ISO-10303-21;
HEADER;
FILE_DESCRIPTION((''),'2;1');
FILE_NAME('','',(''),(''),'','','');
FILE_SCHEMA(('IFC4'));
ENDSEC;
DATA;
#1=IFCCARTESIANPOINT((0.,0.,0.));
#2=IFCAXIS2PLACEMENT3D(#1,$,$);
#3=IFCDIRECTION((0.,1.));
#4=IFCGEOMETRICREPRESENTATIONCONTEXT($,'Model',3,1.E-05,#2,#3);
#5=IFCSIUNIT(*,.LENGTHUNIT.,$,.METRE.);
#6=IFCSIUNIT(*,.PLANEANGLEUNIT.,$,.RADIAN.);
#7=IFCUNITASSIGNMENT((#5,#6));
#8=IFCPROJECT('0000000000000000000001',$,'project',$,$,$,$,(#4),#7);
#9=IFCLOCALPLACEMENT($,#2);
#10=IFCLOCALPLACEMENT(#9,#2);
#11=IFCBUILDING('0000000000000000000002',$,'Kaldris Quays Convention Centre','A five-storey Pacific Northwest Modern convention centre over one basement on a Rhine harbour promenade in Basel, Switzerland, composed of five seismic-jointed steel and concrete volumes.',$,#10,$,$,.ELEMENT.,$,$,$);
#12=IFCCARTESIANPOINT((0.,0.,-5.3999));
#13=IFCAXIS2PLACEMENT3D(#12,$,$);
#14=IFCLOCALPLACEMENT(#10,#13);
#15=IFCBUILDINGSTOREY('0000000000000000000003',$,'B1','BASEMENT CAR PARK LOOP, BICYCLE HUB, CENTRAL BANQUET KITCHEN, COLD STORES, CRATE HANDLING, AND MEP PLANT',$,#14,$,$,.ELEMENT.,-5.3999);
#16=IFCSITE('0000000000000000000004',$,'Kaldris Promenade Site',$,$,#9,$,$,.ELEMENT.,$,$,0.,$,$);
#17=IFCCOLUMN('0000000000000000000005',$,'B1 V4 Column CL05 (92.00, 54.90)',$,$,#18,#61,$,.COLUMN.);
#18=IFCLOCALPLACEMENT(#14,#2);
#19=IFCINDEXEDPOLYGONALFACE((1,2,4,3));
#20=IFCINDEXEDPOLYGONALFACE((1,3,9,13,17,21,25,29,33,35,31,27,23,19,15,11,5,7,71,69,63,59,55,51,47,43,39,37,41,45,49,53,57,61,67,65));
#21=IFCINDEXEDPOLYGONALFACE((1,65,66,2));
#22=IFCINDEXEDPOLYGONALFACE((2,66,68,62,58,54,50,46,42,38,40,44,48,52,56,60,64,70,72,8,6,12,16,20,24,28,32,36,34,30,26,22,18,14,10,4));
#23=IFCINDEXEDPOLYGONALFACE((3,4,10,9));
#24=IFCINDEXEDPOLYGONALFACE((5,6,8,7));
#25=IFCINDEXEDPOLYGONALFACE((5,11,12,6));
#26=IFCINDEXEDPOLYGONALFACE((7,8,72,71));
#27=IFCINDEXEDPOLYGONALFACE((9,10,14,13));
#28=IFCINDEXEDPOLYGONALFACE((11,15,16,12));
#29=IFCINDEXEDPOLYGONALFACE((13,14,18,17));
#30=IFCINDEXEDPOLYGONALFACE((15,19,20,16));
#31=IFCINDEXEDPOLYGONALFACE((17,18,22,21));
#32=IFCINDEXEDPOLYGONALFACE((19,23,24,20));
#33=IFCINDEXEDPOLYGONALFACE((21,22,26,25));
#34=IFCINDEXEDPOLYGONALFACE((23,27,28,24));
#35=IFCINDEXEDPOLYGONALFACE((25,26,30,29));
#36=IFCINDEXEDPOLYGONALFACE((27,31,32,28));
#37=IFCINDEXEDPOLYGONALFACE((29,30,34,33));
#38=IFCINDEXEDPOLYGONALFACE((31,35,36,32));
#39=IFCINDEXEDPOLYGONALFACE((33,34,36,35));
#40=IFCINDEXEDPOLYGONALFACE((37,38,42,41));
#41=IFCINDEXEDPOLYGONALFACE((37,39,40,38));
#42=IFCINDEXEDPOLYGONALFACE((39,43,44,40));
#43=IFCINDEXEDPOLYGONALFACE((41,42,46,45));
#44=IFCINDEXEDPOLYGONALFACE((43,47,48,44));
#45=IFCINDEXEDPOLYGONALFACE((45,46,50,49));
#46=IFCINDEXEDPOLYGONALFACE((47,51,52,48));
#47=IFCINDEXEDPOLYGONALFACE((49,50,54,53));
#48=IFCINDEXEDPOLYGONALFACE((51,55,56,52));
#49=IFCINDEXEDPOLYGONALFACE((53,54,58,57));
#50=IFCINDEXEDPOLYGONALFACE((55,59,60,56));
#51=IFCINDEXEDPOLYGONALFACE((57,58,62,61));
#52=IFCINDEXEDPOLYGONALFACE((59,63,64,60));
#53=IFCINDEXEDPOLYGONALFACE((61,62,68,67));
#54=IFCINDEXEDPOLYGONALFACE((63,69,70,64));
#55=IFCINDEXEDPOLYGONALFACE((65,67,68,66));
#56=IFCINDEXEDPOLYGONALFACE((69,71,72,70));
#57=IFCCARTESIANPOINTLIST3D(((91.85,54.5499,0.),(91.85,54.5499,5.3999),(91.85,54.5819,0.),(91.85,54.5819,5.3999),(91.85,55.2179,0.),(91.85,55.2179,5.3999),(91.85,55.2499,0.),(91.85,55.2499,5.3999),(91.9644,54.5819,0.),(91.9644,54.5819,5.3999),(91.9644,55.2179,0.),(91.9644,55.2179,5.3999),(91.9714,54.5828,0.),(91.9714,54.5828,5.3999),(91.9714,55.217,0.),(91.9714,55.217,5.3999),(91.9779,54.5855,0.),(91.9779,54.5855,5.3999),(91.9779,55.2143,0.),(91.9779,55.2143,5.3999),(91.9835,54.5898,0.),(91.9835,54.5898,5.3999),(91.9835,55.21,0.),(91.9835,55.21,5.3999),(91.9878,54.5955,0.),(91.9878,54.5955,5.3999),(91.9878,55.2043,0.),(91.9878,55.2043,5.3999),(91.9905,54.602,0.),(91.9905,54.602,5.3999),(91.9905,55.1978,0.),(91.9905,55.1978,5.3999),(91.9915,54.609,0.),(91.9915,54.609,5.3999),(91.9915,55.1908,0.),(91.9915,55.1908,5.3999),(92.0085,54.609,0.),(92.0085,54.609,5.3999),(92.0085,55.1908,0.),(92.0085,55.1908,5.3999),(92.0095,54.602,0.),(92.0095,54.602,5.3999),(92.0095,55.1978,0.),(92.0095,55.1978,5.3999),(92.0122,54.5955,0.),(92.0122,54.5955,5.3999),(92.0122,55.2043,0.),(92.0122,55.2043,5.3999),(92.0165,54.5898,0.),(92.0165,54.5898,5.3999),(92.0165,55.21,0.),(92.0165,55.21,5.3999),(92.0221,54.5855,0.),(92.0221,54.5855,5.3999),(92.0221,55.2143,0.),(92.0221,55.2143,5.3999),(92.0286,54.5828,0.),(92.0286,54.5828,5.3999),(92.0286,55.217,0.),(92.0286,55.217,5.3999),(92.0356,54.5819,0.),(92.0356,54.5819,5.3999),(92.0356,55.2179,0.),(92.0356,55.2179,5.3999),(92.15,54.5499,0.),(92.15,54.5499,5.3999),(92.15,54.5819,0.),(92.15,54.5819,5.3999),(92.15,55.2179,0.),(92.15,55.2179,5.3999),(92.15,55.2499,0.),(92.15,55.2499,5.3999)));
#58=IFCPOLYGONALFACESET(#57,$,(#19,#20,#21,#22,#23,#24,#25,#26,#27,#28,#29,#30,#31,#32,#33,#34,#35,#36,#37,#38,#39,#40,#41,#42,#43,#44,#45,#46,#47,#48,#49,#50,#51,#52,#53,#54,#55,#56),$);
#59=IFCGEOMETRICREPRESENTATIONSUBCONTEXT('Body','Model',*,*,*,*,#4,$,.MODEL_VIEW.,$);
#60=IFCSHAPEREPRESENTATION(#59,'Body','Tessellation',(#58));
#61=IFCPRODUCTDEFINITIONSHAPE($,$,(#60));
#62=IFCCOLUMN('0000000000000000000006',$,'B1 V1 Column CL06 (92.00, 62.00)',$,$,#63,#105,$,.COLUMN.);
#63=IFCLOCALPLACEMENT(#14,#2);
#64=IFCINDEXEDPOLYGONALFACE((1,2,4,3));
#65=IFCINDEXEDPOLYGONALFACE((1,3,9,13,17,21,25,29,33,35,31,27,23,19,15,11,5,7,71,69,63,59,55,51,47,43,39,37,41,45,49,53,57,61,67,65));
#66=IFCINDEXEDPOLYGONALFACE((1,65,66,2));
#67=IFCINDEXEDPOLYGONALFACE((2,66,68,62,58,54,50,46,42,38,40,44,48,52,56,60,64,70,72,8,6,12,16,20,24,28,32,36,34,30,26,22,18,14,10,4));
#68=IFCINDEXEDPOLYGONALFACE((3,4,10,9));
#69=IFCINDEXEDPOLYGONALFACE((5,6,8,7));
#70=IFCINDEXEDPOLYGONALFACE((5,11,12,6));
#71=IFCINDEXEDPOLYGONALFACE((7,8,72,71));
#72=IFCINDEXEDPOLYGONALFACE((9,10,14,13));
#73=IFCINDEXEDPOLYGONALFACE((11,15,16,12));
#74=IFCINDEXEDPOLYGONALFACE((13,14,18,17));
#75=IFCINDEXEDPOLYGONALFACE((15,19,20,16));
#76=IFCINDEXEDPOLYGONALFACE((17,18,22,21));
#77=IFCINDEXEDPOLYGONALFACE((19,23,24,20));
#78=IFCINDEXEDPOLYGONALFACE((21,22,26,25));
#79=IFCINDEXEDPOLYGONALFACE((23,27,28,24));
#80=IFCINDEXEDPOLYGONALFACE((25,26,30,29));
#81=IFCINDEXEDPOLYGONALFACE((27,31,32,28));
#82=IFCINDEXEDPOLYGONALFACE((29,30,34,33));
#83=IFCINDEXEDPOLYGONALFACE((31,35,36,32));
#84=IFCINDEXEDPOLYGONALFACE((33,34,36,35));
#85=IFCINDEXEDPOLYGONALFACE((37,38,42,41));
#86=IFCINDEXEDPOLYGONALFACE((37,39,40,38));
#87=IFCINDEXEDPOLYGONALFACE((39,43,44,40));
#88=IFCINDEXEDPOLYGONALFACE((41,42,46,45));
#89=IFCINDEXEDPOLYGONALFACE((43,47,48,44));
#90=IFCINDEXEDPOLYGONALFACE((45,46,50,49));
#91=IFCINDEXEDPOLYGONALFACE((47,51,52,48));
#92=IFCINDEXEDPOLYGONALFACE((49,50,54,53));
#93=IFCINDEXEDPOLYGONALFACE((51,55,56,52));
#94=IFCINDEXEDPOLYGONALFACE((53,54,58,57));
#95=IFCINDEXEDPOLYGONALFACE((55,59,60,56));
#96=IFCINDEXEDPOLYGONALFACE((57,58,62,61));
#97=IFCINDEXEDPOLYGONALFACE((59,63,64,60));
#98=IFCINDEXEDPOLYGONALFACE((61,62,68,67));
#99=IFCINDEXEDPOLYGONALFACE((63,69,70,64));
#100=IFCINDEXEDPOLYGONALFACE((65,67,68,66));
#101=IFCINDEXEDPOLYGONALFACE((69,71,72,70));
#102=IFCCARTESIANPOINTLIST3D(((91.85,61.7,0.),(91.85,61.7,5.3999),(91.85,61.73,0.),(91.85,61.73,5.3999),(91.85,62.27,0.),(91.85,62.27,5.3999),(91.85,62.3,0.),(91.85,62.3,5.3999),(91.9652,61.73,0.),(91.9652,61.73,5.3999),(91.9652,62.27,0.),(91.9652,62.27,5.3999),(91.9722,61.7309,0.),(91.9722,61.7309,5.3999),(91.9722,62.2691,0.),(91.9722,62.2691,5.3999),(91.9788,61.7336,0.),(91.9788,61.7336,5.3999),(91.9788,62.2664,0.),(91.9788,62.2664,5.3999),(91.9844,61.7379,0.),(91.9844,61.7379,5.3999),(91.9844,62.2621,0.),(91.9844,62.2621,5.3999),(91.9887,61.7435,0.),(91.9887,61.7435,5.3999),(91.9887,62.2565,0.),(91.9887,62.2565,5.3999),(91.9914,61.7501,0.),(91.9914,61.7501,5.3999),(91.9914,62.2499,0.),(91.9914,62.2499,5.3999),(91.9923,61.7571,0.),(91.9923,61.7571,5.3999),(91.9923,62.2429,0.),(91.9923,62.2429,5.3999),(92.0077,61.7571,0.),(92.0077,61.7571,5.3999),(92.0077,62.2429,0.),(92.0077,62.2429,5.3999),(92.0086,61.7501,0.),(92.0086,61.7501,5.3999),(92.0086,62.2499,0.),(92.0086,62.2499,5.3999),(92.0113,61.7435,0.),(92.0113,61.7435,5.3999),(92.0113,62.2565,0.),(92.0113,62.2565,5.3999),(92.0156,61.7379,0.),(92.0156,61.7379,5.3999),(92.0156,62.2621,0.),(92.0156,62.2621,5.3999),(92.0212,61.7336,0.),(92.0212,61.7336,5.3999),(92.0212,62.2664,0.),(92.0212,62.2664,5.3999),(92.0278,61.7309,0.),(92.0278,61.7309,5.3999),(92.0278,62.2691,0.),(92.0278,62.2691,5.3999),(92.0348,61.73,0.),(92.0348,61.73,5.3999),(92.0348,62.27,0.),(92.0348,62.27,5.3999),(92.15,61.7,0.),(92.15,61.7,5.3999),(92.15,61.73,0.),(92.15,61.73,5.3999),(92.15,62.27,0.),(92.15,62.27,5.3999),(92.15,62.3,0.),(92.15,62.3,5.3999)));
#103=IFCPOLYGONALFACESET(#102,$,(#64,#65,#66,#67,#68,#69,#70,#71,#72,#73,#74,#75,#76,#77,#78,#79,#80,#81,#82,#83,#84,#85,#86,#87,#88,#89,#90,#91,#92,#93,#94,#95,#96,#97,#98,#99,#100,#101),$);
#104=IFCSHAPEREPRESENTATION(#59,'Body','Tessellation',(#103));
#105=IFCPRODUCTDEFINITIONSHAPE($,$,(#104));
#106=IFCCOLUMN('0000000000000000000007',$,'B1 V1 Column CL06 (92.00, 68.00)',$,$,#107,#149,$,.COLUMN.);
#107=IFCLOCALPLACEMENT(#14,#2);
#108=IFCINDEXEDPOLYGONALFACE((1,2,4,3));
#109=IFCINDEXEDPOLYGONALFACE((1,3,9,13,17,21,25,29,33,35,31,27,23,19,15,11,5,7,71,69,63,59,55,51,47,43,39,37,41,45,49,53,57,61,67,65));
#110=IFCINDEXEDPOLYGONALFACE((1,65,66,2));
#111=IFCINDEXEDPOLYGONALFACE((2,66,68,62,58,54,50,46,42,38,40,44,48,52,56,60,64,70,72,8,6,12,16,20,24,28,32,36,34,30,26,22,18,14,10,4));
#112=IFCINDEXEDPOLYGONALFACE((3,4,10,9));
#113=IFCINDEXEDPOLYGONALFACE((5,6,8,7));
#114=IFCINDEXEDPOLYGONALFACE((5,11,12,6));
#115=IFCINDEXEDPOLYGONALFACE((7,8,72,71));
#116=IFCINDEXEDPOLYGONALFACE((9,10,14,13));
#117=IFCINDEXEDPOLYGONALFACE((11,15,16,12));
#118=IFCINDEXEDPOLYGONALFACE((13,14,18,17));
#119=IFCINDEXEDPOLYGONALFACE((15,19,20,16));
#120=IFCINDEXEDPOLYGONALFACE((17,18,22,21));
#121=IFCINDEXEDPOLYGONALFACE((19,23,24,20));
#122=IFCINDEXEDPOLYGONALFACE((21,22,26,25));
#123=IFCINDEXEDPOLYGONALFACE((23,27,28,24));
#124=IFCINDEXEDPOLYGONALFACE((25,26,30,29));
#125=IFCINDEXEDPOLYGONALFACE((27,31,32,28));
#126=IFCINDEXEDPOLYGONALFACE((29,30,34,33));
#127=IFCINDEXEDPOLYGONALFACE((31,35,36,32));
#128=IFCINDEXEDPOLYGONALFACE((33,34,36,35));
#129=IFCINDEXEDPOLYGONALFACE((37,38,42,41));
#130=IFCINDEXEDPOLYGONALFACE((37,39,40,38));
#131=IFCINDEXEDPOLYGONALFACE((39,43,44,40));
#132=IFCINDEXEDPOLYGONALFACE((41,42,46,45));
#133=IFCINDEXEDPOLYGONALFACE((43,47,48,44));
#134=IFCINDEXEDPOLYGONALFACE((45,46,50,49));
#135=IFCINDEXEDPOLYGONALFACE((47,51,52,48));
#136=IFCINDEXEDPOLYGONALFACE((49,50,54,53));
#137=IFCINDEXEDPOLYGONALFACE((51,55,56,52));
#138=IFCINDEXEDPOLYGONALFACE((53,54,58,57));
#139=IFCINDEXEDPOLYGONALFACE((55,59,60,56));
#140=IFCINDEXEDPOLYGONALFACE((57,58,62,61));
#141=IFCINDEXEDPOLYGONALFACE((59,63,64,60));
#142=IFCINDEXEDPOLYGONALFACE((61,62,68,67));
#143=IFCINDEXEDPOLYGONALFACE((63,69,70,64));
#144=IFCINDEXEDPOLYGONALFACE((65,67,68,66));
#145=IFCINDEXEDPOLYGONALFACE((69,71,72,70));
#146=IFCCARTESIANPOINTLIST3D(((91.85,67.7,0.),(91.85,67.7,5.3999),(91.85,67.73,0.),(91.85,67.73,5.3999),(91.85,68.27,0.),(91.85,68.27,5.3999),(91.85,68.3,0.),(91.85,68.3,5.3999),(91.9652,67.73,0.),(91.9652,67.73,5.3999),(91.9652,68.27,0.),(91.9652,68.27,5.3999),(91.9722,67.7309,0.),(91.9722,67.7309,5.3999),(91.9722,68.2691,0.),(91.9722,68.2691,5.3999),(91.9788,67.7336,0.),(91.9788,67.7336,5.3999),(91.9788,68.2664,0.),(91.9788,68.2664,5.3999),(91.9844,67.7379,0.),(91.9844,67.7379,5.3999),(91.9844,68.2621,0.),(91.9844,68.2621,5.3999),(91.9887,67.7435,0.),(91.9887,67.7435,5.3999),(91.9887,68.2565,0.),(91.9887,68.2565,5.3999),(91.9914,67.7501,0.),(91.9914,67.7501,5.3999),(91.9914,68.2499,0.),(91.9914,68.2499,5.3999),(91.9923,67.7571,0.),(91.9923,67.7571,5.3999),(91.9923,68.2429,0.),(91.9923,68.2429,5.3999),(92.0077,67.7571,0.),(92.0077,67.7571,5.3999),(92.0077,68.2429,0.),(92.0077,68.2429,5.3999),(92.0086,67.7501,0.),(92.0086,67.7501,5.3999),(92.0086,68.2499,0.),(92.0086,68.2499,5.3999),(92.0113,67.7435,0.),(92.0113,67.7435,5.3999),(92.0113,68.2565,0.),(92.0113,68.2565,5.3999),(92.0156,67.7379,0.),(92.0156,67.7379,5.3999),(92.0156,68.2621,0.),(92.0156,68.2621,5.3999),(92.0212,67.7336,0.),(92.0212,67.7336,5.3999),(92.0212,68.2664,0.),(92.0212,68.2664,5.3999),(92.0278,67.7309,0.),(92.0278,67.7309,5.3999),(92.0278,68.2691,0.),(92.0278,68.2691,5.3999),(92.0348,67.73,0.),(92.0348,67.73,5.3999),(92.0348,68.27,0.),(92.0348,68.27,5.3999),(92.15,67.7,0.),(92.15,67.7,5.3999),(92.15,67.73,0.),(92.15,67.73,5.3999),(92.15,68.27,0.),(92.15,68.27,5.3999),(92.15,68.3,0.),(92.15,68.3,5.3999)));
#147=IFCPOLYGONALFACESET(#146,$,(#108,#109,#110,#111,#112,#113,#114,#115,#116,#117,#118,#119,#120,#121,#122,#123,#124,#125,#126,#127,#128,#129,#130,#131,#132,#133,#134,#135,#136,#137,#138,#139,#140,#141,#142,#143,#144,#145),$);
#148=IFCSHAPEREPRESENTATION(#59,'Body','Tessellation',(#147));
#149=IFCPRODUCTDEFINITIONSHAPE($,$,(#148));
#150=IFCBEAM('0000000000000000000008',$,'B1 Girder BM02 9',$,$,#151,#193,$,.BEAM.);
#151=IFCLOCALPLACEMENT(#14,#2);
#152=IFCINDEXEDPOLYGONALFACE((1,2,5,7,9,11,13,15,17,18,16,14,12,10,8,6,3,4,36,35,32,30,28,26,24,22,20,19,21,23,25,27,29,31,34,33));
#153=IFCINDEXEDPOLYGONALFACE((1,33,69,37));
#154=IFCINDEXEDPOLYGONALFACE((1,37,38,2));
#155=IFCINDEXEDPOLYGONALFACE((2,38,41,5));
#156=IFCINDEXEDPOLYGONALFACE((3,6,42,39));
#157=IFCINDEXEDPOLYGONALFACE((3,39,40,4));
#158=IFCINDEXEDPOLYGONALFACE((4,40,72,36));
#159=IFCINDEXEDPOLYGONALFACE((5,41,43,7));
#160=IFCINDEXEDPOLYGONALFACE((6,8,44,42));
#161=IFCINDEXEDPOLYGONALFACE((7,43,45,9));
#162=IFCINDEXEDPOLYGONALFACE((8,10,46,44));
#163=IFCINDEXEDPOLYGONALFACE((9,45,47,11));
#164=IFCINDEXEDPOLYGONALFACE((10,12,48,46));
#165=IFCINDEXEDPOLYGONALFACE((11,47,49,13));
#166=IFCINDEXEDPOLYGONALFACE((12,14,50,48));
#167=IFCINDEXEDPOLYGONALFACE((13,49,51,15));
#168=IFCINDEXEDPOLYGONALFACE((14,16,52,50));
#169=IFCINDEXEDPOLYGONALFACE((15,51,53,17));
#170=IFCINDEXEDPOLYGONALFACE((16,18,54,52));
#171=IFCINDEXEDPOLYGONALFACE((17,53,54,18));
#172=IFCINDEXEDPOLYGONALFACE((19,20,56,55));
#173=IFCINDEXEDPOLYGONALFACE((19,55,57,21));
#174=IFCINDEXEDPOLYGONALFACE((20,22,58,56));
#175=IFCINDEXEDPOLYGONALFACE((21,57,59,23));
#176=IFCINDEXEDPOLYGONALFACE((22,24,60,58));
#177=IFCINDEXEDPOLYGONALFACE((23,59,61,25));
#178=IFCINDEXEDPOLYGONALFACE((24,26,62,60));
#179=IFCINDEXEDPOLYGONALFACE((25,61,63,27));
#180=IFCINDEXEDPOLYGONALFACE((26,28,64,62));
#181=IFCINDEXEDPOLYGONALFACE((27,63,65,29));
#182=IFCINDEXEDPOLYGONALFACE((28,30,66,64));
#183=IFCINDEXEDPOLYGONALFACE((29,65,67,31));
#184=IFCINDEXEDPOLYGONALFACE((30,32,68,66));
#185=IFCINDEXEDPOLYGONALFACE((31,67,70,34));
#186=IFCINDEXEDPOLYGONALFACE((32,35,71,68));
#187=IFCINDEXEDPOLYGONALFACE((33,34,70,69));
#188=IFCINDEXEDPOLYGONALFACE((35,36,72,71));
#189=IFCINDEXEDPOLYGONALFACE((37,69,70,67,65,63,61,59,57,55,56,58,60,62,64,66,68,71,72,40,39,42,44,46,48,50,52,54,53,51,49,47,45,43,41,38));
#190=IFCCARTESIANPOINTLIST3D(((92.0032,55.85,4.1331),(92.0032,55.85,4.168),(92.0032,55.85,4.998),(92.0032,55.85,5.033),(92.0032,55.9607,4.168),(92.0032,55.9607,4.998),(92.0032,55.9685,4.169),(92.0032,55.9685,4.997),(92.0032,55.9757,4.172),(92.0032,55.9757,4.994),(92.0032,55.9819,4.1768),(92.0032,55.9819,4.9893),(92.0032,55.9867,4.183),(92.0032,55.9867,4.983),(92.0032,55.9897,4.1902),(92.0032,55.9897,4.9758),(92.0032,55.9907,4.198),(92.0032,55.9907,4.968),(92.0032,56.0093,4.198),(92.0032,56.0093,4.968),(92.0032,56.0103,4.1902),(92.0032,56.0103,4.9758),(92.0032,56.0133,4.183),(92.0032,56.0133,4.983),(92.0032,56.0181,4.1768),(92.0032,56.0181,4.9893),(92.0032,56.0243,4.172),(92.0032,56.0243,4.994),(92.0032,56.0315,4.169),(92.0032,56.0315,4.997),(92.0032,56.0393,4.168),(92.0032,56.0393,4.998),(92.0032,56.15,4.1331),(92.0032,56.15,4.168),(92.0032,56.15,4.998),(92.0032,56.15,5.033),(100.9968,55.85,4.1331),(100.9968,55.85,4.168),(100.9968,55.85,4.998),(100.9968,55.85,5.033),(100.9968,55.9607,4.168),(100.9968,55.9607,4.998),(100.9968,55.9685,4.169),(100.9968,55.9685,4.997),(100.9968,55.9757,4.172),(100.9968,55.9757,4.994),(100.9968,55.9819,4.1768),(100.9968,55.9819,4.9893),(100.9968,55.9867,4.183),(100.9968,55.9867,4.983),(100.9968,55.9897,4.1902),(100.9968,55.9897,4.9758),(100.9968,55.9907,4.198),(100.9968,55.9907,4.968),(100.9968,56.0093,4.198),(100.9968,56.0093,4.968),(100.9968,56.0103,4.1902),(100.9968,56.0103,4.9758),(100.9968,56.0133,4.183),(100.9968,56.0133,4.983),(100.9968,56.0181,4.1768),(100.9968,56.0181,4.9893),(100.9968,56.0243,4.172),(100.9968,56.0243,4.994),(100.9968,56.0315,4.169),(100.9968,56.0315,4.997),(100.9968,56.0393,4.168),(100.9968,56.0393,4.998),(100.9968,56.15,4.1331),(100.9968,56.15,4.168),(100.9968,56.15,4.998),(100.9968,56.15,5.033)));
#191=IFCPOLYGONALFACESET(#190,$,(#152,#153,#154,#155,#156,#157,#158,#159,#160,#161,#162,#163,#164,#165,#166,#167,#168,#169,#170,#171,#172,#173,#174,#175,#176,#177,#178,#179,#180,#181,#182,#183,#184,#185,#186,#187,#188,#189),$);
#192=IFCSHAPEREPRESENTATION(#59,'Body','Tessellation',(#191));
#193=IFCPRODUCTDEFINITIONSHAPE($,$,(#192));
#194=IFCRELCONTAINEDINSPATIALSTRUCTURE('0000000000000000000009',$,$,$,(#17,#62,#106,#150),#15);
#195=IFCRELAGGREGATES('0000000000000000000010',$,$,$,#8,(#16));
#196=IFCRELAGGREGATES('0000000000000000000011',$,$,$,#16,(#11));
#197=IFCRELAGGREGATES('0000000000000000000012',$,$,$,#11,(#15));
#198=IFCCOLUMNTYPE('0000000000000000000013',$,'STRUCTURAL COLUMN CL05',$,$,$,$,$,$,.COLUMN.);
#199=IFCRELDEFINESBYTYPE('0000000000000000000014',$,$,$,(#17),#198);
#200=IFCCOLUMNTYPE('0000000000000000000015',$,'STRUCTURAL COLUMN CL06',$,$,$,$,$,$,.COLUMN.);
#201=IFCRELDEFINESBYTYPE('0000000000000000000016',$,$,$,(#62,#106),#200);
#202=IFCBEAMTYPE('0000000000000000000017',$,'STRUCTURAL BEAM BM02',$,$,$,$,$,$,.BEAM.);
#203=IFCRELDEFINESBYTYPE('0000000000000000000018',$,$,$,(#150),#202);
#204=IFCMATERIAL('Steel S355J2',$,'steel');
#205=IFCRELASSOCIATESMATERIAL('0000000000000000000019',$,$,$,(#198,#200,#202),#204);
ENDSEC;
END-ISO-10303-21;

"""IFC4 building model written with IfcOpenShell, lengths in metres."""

from ifc_helpers import new_model, si_unit, direction, frame, origin, origin_2d, place, context, subcontext, project, spatial, i_section, extrude, material, material_profile, profile_set, type_object, element, save


model = new_model("IFC4")

# Units and contexts
model_context = context("Model", 3, precision=1e-05, world=origin(), true_north=direction((0.0, 1.0)))
body_context = subcontext(model_context, "Body", "Model", "MODEL_VIEW")
ifc_project = project(units=[si_unit("LENGTHUNIT", "METRE"), si_unit("PLANEANGLEUNIT", "RADIAN")], contexts=[model_context])

# Site, building, storey
site_placement = place(None, origin())
site = spatial("IfcSite", under=ifc_project, at=site_placement, Name="Kaldris Promenade Site", CompositionType="ELEMENT", RefElevation=0.0)
building_placement = place(site_placement, origin())
building = spatial("IfcBuilding", under=site, at=building_placement, Name="Kaldris Quays Convention Centre", Description="A five-storey Pacific Northwest Modern convention centre over one basement on a Rhine harbour promenade in Basel, Switzerland, composed of five seismic-jointed steel and concrete volumes.", CompositionType="ELEMENT")
storey_placement = place(building_placement, frame((0.0, 0.0, -5.3999)))
storey = spatial("IfcBuildingStorey", under=building, at=storey_placement, Name="B1", Description="BASEMENT CAR PARK LOOP, BICYCLE HUB, CENTRAL BANQUET KITCHEN, COLD STORES, CRATE HANDLING, AND MEP PLANT", CompositionType="ELEMENT", Elevation=-5.3999)

# Columns
ifc_material_1 = material(Name="Steel S355J2", Category="steel")
ifc_material_profile_1 = material_profile(ifc_material_1, i_section(OverallWidth=0.3, OverallDepth=0.7, WebThickness=0.0171, FlangeThickness=0.032, FilletRadius=0.0271, at=origin_2d()), Name="HEB 700")
ifc_profile_set_1 = profile_set([ifc_material_profile_1], Name="Steel S355J2")
column_type_1 = type_object("IfcColumnType", Name="STRUCTURAL COLUMN CL05", PredefinedType="COLUMN", material=ifc_profile_set_1)
column_1_placement = place(storey_placement, frame((92.0, 54.8999, 0.0), z_axis=(0.0, 0.0, 1.0), x_axis=(1.0, 0.0, 0.0)))
element("IfcColumn", 1, at=column_1_placement, inside=storey, type_object=column_type_1, Name="B1 V4 Column CL05 (92.00, 54.90)", PredefinedType="COLUMN", context=body_context, shape_type="SweptSolid", body=[
    extrude(i_section(OverallWidth=0.3, OverallDepth=0.7, WebThickness=0.0171, FlangeThickness=0.032, FilletRadius=0.0271, at=origin_2d()), origin(), (0.0, 0.0, 1.0), 5.3999),
])
ifc_material_profile_2 = material_profile(ifc_material_1, i_section(OverallWidth=0.3, OverallDepth=0.6001, WebThickness=0.0154, FlangeThickness=0.03, FilletRadius=0.0271, at=origin_2d()), Name="HEB 600")
ifc_profile_set_2 = profile_set([ifc_material_profile_2], Name="Steel S355J2")
column_type_2 = type_object("IfcColumnType", Name="STRUCTURAL COLUMN CL06", PredefinedType="COLUMN", material=ifc_profile_set_2)
for number, where, z_axis, x_axis, name in (
    (2, (92.0, 62.0, 0.0), (0.0, 0.0, 1.0), (1.0, 0.0, 0.0), "B1 V1 Column CL06 (92.00, 62.00)"),
    (3, (92.0, 68.0, 0.0), (0.0, 0.0, 1.0), (1.0, 0.0, 0.0), "B1 V1 Column CL06 (92.00, 68.00)"),
):
    element("IfcColumn", number, at=place(storey_placement, frame(where, z_axis=z_axis, x_axis=x_axis)), inside=storey, type_object=column_type_2, Name=name, PredefinedType="COLUMN", context=body_context, shape_type="SweptSolid", body=[
        extrude(i_section(OverallWidth=0.3, OverallDepth=0.6001, WebThickness=0.0154, FlangeThickness=0.03, FilletRadius=0.0271, at=origin_2d()), origin(), (0.0, 0.0, 1.0), 5.3999),
    ])

# Beam
ifc_material_profile_3 = material_profile(ifc_material_1, i_section(OverallWidth=0.3, OverallDepth=0.8999, WebThickness=0.0186, FlangeThickness=0.0349, FilletRadius=0.03, at=origin_2d()), Name="HEB 900")
ifc_profile_set_3 = profile_set([ifc_material_profile_3], Name="Steel S355J2")
beam_type_1 = type_object("IfcBeamType", Name="STRUCTURAL BEAM BM02", PredefinedType="BEAM", material=ifc_profile_set_3)
beam_1_placement = place(storey_placement, frame((92.0032, 56.0, 4.583), z_axis=(1.0, 0.0, 0.0), x_axis=(0.0, 1.0, 0.0)))
element("IfcBeam", 4, at=beam_1_placement, inside=storey, type_object=beam_type_1, Name="B1 Girder BM02 9", PredefinedType="BEAM", context=body_context, shape_type="SweptSolid", body=[
    extrude(i_section(OverallWidth=0.3, OverallDepth=0.8999, WebThickness=0.0186, FlangeThickness=0.0349, FilletRadius=0.03, at=origin_2d()), origin(), (0.0, 0.0, 1.0), 8.9937),
])

save(model, "model.ifc")
